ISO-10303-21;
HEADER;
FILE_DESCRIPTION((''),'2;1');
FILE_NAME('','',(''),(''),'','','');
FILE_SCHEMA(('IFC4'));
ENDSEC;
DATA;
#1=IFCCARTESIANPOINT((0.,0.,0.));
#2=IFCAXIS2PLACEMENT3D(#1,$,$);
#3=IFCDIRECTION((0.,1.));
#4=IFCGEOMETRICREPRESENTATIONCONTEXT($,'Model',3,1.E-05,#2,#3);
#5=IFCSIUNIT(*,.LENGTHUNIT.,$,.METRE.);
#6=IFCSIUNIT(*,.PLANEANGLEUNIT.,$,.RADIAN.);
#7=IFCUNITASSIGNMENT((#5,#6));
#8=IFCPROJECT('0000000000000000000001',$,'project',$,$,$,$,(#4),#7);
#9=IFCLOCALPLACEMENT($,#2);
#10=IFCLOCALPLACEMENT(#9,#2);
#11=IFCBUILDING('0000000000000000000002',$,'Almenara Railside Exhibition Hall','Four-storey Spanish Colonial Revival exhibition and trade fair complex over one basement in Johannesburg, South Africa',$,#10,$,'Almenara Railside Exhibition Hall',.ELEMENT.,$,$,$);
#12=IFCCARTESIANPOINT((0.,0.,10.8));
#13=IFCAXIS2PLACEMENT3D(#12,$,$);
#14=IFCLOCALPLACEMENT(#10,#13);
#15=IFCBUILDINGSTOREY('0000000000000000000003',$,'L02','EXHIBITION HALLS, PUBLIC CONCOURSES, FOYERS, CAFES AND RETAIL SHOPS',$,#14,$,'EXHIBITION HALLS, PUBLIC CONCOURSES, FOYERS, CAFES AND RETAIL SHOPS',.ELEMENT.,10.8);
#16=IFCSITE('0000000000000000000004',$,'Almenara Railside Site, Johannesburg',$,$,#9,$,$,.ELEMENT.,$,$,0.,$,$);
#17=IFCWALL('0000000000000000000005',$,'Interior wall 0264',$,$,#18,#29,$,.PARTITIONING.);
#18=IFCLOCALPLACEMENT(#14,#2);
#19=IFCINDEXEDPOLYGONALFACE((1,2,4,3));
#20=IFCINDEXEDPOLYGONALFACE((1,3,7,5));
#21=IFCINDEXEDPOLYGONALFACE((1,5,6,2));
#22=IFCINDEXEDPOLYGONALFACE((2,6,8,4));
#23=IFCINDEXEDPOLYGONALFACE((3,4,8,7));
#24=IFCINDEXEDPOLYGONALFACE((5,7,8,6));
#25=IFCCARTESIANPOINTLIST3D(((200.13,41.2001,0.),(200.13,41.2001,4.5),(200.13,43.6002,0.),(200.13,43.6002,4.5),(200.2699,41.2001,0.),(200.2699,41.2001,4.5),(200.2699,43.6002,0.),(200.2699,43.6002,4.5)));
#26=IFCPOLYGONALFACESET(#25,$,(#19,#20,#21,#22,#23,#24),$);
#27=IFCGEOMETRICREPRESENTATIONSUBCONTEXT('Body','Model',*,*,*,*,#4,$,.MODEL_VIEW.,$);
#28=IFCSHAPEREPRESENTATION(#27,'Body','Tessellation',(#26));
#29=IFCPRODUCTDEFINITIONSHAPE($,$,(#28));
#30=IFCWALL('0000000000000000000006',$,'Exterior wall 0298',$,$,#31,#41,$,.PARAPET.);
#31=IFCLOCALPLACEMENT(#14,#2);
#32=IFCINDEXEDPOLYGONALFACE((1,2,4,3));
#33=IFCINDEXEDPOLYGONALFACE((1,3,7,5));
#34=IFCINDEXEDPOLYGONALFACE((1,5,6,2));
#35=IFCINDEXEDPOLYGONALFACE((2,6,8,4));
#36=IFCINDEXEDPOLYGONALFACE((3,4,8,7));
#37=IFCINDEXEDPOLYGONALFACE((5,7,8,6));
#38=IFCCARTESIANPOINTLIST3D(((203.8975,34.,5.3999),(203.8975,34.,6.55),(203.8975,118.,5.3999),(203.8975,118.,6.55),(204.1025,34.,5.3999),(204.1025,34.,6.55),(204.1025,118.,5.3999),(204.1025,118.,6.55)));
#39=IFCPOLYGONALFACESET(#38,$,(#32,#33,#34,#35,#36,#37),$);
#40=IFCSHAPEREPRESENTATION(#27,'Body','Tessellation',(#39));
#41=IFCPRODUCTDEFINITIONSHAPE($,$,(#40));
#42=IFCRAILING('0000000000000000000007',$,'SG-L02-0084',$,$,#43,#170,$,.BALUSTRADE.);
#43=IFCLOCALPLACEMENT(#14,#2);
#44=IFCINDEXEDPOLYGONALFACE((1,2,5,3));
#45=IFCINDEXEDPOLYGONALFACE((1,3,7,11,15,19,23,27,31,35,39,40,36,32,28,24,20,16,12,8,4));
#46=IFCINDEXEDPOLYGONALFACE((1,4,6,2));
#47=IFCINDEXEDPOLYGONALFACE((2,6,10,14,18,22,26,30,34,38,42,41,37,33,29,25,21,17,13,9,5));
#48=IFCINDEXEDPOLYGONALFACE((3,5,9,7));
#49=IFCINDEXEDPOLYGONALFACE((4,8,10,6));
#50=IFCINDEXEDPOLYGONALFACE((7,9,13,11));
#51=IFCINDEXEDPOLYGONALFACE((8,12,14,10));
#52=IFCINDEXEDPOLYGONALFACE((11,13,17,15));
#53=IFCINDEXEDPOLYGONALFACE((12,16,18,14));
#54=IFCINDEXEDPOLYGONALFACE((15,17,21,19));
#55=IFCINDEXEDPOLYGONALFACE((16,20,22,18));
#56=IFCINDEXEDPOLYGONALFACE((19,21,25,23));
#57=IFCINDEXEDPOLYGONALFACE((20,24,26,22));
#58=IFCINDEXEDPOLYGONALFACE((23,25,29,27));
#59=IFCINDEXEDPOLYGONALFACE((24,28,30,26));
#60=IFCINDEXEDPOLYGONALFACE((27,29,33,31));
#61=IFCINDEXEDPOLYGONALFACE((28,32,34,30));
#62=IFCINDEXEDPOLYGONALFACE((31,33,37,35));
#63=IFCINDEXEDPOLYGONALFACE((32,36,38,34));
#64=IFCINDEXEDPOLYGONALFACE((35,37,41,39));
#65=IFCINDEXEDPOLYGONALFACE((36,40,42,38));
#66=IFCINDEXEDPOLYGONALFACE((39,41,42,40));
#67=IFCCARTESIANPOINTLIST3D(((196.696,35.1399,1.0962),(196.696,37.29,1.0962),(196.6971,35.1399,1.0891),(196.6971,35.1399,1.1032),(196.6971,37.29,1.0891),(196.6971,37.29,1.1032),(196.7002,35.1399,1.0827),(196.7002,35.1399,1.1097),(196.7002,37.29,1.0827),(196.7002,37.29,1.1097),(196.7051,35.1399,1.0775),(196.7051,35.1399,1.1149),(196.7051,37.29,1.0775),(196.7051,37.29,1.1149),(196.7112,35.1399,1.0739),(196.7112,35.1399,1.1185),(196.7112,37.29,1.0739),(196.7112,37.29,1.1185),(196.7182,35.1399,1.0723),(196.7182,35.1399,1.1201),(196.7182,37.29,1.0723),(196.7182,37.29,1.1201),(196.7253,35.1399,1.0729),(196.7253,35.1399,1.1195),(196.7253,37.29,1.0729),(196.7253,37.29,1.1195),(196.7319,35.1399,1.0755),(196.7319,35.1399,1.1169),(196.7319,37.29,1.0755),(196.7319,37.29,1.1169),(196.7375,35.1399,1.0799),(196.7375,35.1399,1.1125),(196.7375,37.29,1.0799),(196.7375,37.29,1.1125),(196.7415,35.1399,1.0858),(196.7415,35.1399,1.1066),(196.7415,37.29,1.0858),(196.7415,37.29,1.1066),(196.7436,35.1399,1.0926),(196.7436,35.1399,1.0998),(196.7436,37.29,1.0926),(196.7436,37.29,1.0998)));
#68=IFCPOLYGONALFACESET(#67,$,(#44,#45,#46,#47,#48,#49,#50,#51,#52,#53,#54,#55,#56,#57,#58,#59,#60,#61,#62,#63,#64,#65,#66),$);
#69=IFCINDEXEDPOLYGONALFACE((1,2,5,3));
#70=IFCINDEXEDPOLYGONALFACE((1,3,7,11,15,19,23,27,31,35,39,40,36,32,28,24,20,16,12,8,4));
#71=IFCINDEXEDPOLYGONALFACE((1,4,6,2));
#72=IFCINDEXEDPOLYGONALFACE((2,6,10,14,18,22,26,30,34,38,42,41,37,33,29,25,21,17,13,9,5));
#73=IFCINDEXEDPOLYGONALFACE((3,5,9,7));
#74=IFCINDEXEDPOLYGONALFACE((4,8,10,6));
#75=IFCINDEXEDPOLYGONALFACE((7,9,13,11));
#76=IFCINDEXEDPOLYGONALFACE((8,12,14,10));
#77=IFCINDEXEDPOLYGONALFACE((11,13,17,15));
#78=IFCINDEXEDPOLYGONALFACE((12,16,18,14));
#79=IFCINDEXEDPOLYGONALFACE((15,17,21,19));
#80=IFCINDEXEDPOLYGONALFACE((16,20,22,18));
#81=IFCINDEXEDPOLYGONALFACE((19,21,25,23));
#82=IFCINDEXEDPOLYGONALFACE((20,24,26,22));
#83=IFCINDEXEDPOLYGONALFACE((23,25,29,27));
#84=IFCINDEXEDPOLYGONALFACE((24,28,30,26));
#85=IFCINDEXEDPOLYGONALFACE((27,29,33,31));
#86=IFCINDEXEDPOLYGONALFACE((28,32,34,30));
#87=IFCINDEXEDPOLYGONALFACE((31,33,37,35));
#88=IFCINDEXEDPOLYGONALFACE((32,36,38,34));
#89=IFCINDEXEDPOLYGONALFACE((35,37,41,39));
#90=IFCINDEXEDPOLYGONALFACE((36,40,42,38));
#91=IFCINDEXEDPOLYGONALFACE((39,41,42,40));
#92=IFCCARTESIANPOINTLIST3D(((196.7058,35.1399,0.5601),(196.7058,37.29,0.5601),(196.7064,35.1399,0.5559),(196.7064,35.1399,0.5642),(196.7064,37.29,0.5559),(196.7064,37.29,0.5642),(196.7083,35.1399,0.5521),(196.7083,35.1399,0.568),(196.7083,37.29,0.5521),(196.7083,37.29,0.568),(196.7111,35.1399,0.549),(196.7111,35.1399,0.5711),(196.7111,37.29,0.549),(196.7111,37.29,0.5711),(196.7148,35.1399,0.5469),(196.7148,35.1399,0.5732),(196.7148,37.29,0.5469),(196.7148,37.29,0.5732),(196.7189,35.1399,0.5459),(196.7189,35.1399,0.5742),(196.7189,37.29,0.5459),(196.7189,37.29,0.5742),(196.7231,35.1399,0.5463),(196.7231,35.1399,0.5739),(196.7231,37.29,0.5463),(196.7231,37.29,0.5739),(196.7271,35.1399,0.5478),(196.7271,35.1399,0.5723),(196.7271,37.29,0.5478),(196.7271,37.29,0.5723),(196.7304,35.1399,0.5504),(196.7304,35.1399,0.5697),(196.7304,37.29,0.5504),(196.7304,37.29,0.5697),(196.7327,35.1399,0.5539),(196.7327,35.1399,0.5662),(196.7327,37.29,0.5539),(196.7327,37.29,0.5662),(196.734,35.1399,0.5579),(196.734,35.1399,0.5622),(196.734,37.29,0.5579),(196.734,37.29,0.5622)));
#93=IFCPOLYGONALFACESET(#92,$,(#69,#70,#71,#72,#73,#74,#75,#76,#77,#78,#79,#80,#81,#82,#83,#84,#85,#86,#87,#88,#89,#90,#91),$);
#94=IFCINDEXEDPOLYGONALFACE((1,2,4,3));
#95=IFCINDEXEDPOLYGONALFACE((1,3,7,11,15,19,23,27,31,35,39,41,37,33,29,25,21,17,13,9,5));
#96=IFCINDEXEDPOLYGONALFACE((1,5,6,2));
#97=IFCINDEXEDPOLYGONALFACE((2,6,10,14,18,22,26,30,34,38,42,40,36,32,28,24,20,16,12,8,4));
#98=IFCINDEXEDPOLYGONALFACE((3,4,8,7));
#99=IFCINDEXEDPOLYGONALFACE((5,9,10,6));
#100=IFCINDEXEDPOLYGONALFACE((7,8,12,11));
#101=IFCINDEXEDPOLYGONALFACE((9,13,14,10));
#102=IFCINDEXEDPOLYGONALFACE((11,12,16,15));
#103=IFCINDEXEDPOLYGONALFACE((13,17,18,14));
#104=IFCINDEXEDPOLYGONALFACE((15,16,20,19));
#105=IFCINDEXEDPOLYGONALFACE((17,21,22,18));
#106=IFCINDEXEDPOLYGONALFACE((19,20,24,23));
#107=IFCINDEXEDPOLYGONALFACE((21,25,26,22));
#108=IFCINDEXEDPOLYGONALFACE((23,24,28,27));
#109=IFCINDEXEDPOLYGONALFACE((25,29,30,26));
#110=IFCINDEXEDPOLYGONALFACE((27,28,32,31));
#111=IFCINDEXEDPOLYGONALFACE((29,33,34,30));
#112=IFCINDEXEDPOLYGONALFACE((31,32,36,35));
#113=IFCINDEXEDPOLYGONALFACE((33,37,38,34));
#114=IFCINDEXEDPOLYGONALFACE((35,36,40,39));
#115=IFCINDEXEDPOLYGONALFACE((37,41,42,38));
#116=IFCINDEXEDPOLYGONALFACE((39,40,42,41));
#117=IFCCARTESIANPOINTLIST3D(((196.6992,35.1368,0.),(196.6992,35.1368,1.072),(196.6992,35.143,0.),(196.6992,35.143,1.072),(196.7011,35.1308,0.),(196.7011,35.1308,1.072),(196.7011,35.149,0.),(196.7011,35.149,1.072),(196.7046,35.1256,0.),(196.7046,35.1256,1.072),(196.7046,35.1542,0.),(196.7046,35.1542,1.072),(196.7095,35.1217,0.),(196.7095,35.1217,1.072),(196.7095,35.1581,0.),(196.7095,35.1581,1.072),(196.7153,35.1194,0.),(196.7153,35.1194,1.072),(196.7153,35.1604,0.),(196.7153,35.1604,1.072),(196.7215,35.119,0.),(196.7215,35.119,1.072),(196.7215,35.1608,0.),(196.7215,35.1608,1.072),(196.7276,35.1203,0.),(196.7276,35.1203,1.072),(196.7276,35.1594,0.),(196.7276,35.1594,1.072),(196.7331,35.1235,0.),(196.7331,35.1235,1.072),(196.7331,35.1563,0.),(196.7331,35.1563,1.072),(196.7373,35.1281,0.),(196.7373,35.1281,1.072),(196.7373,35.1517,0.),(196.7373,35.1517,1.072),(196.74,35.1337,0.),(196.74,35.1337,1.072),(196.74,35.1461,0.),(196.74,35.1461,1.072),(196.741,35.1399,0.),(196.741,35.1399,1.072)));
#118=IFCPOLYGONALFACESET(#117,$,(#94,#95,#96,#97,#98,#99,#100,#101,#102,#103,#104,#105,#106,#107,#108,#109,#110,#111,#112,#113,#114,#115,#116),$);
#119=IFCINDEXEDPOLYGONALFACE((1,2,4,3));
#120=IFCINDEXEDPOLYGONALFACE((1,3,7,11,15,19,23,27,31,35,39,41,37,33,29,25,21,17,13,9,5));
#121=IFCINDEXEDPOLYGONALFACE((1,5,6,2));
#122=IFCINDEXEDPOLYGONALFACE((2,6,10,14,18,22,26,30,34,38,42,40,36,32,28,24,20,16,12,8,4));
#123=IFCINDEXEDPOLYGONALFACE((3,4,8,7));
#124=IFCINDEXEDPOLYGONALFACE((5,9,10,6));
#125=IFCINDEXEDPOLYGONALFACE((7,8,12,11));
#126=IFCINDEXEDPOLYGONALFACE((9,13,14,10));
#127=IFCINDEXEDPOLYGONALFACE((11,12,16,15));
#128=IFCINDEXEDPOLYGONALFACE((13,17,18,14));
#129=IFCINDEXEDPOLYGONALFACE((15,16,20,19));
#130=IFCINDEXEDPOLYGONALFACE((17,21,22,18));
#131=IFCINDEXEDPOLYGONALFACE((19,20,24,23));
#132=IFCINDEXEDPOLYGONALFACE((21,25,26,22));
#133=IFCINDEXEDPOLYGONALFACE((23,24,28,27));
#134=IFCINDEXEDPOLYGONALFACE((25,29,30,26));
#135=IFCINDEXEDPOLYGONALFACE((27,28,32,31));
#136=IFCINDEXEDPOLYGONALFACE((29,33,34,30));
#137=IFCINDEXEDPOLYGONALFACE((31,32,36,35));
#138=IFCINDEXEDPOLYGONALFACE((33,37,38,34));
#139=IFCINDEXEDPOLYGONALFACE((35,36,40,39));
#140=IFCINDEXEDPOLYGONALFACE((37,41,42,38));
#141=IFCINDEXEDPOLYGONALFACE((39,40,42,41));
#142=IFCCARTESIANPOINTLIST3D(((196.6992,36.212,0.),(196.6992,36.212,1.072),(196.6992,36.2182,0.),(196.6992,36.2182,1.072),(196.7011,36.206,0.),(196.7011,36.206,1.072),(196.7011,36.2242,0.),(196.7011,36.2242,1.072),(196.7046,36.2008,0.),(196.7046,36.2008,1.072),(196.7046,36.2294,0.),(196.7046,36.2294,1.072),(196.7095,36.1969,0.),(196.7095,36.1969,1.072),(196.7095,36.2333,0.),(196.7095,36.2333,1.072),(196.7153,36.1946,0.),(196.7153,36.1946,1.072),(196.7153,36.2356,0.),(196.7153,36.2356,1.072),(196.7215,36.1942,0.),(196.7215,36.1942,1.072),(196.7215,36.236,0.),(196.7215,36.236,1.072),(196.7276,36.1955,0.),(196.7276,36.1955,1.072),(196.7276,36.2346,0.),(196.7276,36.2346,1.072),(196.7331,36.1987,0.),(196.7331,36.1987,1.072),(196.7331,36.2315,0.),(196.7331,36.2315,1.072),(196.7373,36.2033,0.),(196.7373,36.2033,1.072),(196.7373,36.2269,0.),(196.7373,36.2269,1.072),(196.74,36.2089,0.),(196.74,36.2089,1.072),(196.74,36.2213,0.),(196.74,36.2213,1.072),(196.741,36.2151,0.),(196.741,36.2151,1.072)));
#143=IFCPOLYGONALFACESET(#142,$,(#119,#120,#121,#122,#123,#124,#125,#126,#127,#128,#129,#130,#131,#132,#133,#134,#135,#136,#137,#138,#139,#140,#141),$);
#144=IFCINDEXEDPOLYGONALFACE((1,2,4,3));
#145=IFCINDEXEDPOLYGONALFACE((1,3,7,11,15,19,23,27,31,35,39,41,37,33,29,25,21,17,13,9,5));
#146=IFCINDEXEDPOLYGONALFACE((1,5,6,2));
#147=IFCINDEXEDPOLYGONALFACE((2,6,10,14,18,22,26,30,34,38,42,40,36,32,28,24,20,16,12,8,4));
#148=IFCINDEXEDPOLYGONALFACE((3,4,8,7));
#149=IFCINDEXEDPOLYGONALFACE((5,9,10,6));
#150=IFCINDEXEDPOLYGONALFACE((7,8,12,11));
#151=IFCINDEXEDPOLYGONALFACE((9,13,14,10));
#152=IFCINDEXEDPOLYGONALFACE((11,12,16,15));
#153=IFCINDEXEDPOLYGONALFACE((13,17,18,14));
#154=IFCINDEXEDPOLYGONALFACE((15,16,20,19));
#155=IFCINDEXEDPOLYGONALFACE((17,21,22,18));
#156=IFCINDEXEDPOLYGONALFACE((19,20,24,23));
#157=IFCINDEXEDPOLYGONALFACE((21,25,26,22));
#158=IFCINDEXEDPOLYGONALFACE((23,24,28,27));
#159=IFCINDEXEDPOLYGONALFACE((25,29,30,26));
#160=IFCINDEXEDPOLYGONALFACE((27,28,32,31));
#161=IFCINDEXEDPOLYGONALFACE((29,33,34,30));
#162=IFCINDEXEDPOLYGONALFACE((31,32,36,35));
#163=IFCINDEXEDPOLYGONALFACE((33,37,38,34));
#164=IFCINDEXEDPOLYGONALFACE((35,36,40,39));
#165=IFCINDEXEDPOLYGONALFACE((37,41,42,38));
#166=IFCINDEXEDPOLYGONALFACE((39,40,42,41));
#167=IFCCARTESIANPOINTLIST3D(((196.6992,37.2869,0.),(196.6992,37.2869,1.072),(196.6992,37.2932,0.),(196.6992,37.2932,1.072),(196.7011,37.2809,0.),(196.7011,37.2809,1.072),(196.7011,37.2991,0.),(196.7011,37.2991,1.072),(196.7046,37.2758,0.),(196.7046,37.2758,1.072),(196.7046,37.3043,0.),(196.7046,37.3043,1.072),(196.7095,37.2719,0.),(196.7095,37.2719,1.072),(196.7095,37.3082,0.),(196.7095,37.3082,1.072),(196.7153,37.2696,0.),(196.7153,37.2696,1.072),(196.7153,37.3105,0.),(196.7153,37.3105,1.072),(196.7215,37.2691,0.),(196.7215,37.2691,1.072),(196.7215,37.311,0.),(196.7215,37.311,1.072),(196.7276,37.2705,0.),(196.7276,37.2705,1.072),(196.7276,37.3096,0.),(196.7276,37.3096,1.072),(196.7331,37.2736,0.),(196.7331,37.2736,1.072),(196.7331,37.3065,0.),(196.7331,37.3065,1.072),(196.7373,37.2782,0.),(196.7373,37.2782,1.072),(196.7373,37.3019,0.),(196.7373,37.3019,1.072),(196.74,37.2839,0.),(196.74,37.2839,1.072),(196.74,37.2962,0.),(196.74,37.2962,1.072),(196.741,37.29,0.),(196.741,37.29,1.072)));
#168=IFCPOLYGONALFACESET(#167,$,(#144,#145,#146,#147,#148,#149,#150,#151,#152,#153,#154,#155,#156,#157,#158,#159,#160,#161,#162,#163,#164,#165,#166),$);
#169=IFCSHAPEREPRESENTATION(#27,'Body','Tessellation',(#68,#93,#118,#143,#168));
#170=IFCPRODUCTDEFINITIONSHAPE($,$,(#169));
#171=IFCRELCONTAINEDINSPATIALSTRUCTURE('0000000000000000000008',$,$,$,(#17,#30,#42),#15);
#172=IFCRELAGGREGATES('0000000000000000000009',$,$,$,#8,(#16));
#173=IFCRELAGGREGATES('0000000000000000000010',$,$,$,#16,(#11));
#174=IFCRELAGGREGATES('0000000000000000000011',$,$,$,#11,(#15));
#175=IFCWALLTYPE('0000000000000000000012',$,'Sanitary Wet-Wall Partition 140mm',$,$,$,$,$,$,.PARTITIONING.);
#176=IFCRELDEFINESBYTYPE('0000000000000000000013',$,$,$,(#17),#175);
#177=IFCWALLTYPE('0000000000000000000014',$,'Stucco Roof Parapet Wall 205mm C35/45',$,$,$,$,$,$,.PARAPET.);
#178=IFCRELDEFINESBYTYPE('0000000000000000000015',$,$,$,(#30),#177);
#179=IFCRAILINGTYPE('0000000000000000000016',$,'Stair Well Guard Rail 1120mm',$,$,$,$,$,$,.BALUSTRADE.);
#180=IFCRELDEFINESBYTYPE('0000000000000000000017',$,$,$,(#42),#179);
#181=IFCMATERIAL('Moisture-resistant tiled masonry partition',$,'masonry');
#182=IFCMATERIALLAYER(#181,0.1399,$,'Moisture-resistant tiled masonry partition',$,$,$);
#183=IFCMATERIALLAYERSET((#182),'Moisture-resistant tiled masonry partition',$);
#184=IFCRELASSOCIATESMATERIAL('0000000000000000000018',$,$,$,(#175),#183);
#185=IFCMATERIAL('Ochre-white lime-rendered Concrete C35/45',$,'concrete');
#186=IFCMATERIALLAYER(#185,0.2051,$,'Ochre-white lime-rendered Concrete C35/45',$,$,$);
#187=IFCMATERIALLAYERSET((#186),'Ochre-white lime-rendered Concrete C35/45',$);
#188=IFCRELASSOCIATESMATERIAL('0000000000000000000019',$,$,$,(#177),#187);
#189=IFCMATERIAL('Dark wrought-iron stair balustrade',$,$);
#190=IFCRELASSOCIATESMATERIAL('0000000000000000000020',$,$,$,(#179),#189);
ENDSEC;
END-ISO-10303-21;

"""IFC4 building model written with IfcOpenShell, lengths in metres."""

from ifc_helpers import new_model, si_unit, direction, frame, frame_2d, origin, origin_2d, place, context, subcontext, project, spatial, rectangle, circle, extrude, material, layer, layer_set, type_object, element, save


model = new_model("IFC4")

# Units and contexts
model_context = context("Model", 3, precision=1e-05, world=origin(), true_north=direction((0.0, 1.0)))
body_context = subcontext(model_context, "Body", "Model", "MODEL_VIEW")
ifc_project = project(units=[si_unit("LENGTHUNIT", "METRE"), si_unit("PLANEANGLEUNIT", "RADIAN")], contexts=[model_context])

# Site, building, storey
site_placement = place(None, origin())
site = spatial("IfcSite", under=ifc_project, at=site_placement, Name="Almenara Railside Site, Johannesburg", CompositionType="ELEMENT", RefElevation=0.0)
building_placement = place(site_placement, origin())
building = spatial("IfcBuilding", under=site, at=building_placement, Name="Almenara Railside Exhibition Hall", Description="Four-storey Spanish Colonial Revival exhibition and trade fair complex over one basement in Johannesburg, South Africa", LongName="Almenara Railside Exhibition Hall", CompositionType="ELEMENT")
storey_placement = place(building_placement, frame((0.0, 0.0, 10.8)))
storey = spatial("IfcBuildingStorey", under=building, at=storey_placement, Name="L02", Description="EXHIBITION HALLS, PUBLIC CONCOURSES, FOYERS, CAFES AND RETAIL SHOPS", LongName="EXHIBITION HALLS, PUBLIC CONCOURSES, FOYERS, CAFES AND RETAIL SHOPS", CompositionType="ELEMENT", Elevation=10.8)

# Walls
ifc_material_1 = material(Name="Moisture-resistant tiled masonry partition", Category="masonry")
ifc_layer_1 = layer(ifc_material_1, 0.1399, Name="Moisture-resistant tiled masonry partition")
ifc_layer_set_1 = layer_set([ifc_layer_1], Name="Moisture-resistant tiled masonry partition")
wall_type_1 = type_object("IfcWallType", Name="Sanitary Wet-Wall Partition 140mm", PredefinedType="PARTITIONING", material=ifc_layer_set_1)
wall_1_placement = place(storey_placement, frame((200.2, 41.2, 0.0), z_axis=(0.0, 0.0, 1.0), x_axis=(0.0, 1.0, 0.0)))
element("IfcWall", 1, at=wall_1_placement, inside=storey, type_object=wall_type_1, Name="Interior wall 0264", PredefinedType="PARTITIONING", context=body_context, shape_type="SweptSolid", body=[
    extrude(rectangle(XDim=2.4001, YDim=0.1399, at=frame_2d((1.2002, 0.0))), origin(), (0.0, 0.0, 1.0), 4.5),
])
ifc_material_2 = material(Name="Ochre-white lime-rendered Concrete C35/45", Category="concrete")
ifc_layer_2 = layer(ifc_material_2, 0.2051, Name="Ochre-white lime-rendered Concrete C35/45")
ifc_layer_set_2 = layer_set([ifc_layer_2], Name="Ochre-white lime-rendered Concrete C35/45")
wall_type_2 = type_object("IfcWallType", Name="Stucco Roof Parapet Wall 205mm C35/45", PredefinedType="PARAPET", material=ifc_layer_set_2)
wall_2_placement = place(storey_placement, frame((204.0, 34.0, 5.3999), z_axis=(0.0, 0.0, 1.0), x_axis=(0.0, 1.0, 0.0)))
element("IfcWall", 2, at=wall_2_placement, inside=storey, type_object=wall_type_2, Name="Exterior wall 0298", PredefinedType="PARAPET", context=body_context, shape_type="SweptSolid", body=[
    extrude(rectangle(XDim=84.0, YDim=0.2051, at=frame_2d((42.0, 0.0))), origin(), (0.0, 0.0, 1.0), 1.1501),
])

# Railing
ifc_material_3 = material(Name="Dark wrought-iron stair balustrade")
railing_type = type_object("IfcRailingType", Name="Stair Well Guard Rail 1120mm", PredefinedType="BALUSTRADE", material=ifc_material_3)
railing_placement = place(storey_placement, frame((196.72, 35.1399, 0.0)))
element("IfcRailing", 3, at=railing_placement, inside=storey, type_object=railing_type, Name="SG-L02-0084", PredefinedType="BALUSTRADE", context=body_context, shape_type="SweptSolid", body=[
    extrude(circle(Radius=0.0239, at=origin_2d()), frame((0.0, 0.0, 1.0962), z_axis=(0.0, 1.0, 0.0), x_axis=(-1.0, 0.0, 0.0)), (0.0, 0.0, 1.0), 2.1501),
    extrude(circle(Radius=0.0142, at=origin_2d()), frame((0.0, 0.0, 0.5601), z_axis=(0.0, 1.0, 0.0), x_axis=(-1.0, 0.0, 0.0)), (0.0, 0.0, 1.0), 2.1501),
    extrude(circle(Radius=0.021, at=origin_2d()), origin(), (0.0, 0.0, 1.0), 1.072),
    extrude(circle(Radius=0.021, at=origin_2d()), frame((0.0, 1.0752, 0.0)), (0.0, 0.0, 1.0), 1.072),
    extrude(circle(Radius=0.021, at=origin_2d()), frame((0.0, 2.1501, 0.0)), (0.0, 0.0, 1.0), 1.072),
])

save(model, "model.ifc")
